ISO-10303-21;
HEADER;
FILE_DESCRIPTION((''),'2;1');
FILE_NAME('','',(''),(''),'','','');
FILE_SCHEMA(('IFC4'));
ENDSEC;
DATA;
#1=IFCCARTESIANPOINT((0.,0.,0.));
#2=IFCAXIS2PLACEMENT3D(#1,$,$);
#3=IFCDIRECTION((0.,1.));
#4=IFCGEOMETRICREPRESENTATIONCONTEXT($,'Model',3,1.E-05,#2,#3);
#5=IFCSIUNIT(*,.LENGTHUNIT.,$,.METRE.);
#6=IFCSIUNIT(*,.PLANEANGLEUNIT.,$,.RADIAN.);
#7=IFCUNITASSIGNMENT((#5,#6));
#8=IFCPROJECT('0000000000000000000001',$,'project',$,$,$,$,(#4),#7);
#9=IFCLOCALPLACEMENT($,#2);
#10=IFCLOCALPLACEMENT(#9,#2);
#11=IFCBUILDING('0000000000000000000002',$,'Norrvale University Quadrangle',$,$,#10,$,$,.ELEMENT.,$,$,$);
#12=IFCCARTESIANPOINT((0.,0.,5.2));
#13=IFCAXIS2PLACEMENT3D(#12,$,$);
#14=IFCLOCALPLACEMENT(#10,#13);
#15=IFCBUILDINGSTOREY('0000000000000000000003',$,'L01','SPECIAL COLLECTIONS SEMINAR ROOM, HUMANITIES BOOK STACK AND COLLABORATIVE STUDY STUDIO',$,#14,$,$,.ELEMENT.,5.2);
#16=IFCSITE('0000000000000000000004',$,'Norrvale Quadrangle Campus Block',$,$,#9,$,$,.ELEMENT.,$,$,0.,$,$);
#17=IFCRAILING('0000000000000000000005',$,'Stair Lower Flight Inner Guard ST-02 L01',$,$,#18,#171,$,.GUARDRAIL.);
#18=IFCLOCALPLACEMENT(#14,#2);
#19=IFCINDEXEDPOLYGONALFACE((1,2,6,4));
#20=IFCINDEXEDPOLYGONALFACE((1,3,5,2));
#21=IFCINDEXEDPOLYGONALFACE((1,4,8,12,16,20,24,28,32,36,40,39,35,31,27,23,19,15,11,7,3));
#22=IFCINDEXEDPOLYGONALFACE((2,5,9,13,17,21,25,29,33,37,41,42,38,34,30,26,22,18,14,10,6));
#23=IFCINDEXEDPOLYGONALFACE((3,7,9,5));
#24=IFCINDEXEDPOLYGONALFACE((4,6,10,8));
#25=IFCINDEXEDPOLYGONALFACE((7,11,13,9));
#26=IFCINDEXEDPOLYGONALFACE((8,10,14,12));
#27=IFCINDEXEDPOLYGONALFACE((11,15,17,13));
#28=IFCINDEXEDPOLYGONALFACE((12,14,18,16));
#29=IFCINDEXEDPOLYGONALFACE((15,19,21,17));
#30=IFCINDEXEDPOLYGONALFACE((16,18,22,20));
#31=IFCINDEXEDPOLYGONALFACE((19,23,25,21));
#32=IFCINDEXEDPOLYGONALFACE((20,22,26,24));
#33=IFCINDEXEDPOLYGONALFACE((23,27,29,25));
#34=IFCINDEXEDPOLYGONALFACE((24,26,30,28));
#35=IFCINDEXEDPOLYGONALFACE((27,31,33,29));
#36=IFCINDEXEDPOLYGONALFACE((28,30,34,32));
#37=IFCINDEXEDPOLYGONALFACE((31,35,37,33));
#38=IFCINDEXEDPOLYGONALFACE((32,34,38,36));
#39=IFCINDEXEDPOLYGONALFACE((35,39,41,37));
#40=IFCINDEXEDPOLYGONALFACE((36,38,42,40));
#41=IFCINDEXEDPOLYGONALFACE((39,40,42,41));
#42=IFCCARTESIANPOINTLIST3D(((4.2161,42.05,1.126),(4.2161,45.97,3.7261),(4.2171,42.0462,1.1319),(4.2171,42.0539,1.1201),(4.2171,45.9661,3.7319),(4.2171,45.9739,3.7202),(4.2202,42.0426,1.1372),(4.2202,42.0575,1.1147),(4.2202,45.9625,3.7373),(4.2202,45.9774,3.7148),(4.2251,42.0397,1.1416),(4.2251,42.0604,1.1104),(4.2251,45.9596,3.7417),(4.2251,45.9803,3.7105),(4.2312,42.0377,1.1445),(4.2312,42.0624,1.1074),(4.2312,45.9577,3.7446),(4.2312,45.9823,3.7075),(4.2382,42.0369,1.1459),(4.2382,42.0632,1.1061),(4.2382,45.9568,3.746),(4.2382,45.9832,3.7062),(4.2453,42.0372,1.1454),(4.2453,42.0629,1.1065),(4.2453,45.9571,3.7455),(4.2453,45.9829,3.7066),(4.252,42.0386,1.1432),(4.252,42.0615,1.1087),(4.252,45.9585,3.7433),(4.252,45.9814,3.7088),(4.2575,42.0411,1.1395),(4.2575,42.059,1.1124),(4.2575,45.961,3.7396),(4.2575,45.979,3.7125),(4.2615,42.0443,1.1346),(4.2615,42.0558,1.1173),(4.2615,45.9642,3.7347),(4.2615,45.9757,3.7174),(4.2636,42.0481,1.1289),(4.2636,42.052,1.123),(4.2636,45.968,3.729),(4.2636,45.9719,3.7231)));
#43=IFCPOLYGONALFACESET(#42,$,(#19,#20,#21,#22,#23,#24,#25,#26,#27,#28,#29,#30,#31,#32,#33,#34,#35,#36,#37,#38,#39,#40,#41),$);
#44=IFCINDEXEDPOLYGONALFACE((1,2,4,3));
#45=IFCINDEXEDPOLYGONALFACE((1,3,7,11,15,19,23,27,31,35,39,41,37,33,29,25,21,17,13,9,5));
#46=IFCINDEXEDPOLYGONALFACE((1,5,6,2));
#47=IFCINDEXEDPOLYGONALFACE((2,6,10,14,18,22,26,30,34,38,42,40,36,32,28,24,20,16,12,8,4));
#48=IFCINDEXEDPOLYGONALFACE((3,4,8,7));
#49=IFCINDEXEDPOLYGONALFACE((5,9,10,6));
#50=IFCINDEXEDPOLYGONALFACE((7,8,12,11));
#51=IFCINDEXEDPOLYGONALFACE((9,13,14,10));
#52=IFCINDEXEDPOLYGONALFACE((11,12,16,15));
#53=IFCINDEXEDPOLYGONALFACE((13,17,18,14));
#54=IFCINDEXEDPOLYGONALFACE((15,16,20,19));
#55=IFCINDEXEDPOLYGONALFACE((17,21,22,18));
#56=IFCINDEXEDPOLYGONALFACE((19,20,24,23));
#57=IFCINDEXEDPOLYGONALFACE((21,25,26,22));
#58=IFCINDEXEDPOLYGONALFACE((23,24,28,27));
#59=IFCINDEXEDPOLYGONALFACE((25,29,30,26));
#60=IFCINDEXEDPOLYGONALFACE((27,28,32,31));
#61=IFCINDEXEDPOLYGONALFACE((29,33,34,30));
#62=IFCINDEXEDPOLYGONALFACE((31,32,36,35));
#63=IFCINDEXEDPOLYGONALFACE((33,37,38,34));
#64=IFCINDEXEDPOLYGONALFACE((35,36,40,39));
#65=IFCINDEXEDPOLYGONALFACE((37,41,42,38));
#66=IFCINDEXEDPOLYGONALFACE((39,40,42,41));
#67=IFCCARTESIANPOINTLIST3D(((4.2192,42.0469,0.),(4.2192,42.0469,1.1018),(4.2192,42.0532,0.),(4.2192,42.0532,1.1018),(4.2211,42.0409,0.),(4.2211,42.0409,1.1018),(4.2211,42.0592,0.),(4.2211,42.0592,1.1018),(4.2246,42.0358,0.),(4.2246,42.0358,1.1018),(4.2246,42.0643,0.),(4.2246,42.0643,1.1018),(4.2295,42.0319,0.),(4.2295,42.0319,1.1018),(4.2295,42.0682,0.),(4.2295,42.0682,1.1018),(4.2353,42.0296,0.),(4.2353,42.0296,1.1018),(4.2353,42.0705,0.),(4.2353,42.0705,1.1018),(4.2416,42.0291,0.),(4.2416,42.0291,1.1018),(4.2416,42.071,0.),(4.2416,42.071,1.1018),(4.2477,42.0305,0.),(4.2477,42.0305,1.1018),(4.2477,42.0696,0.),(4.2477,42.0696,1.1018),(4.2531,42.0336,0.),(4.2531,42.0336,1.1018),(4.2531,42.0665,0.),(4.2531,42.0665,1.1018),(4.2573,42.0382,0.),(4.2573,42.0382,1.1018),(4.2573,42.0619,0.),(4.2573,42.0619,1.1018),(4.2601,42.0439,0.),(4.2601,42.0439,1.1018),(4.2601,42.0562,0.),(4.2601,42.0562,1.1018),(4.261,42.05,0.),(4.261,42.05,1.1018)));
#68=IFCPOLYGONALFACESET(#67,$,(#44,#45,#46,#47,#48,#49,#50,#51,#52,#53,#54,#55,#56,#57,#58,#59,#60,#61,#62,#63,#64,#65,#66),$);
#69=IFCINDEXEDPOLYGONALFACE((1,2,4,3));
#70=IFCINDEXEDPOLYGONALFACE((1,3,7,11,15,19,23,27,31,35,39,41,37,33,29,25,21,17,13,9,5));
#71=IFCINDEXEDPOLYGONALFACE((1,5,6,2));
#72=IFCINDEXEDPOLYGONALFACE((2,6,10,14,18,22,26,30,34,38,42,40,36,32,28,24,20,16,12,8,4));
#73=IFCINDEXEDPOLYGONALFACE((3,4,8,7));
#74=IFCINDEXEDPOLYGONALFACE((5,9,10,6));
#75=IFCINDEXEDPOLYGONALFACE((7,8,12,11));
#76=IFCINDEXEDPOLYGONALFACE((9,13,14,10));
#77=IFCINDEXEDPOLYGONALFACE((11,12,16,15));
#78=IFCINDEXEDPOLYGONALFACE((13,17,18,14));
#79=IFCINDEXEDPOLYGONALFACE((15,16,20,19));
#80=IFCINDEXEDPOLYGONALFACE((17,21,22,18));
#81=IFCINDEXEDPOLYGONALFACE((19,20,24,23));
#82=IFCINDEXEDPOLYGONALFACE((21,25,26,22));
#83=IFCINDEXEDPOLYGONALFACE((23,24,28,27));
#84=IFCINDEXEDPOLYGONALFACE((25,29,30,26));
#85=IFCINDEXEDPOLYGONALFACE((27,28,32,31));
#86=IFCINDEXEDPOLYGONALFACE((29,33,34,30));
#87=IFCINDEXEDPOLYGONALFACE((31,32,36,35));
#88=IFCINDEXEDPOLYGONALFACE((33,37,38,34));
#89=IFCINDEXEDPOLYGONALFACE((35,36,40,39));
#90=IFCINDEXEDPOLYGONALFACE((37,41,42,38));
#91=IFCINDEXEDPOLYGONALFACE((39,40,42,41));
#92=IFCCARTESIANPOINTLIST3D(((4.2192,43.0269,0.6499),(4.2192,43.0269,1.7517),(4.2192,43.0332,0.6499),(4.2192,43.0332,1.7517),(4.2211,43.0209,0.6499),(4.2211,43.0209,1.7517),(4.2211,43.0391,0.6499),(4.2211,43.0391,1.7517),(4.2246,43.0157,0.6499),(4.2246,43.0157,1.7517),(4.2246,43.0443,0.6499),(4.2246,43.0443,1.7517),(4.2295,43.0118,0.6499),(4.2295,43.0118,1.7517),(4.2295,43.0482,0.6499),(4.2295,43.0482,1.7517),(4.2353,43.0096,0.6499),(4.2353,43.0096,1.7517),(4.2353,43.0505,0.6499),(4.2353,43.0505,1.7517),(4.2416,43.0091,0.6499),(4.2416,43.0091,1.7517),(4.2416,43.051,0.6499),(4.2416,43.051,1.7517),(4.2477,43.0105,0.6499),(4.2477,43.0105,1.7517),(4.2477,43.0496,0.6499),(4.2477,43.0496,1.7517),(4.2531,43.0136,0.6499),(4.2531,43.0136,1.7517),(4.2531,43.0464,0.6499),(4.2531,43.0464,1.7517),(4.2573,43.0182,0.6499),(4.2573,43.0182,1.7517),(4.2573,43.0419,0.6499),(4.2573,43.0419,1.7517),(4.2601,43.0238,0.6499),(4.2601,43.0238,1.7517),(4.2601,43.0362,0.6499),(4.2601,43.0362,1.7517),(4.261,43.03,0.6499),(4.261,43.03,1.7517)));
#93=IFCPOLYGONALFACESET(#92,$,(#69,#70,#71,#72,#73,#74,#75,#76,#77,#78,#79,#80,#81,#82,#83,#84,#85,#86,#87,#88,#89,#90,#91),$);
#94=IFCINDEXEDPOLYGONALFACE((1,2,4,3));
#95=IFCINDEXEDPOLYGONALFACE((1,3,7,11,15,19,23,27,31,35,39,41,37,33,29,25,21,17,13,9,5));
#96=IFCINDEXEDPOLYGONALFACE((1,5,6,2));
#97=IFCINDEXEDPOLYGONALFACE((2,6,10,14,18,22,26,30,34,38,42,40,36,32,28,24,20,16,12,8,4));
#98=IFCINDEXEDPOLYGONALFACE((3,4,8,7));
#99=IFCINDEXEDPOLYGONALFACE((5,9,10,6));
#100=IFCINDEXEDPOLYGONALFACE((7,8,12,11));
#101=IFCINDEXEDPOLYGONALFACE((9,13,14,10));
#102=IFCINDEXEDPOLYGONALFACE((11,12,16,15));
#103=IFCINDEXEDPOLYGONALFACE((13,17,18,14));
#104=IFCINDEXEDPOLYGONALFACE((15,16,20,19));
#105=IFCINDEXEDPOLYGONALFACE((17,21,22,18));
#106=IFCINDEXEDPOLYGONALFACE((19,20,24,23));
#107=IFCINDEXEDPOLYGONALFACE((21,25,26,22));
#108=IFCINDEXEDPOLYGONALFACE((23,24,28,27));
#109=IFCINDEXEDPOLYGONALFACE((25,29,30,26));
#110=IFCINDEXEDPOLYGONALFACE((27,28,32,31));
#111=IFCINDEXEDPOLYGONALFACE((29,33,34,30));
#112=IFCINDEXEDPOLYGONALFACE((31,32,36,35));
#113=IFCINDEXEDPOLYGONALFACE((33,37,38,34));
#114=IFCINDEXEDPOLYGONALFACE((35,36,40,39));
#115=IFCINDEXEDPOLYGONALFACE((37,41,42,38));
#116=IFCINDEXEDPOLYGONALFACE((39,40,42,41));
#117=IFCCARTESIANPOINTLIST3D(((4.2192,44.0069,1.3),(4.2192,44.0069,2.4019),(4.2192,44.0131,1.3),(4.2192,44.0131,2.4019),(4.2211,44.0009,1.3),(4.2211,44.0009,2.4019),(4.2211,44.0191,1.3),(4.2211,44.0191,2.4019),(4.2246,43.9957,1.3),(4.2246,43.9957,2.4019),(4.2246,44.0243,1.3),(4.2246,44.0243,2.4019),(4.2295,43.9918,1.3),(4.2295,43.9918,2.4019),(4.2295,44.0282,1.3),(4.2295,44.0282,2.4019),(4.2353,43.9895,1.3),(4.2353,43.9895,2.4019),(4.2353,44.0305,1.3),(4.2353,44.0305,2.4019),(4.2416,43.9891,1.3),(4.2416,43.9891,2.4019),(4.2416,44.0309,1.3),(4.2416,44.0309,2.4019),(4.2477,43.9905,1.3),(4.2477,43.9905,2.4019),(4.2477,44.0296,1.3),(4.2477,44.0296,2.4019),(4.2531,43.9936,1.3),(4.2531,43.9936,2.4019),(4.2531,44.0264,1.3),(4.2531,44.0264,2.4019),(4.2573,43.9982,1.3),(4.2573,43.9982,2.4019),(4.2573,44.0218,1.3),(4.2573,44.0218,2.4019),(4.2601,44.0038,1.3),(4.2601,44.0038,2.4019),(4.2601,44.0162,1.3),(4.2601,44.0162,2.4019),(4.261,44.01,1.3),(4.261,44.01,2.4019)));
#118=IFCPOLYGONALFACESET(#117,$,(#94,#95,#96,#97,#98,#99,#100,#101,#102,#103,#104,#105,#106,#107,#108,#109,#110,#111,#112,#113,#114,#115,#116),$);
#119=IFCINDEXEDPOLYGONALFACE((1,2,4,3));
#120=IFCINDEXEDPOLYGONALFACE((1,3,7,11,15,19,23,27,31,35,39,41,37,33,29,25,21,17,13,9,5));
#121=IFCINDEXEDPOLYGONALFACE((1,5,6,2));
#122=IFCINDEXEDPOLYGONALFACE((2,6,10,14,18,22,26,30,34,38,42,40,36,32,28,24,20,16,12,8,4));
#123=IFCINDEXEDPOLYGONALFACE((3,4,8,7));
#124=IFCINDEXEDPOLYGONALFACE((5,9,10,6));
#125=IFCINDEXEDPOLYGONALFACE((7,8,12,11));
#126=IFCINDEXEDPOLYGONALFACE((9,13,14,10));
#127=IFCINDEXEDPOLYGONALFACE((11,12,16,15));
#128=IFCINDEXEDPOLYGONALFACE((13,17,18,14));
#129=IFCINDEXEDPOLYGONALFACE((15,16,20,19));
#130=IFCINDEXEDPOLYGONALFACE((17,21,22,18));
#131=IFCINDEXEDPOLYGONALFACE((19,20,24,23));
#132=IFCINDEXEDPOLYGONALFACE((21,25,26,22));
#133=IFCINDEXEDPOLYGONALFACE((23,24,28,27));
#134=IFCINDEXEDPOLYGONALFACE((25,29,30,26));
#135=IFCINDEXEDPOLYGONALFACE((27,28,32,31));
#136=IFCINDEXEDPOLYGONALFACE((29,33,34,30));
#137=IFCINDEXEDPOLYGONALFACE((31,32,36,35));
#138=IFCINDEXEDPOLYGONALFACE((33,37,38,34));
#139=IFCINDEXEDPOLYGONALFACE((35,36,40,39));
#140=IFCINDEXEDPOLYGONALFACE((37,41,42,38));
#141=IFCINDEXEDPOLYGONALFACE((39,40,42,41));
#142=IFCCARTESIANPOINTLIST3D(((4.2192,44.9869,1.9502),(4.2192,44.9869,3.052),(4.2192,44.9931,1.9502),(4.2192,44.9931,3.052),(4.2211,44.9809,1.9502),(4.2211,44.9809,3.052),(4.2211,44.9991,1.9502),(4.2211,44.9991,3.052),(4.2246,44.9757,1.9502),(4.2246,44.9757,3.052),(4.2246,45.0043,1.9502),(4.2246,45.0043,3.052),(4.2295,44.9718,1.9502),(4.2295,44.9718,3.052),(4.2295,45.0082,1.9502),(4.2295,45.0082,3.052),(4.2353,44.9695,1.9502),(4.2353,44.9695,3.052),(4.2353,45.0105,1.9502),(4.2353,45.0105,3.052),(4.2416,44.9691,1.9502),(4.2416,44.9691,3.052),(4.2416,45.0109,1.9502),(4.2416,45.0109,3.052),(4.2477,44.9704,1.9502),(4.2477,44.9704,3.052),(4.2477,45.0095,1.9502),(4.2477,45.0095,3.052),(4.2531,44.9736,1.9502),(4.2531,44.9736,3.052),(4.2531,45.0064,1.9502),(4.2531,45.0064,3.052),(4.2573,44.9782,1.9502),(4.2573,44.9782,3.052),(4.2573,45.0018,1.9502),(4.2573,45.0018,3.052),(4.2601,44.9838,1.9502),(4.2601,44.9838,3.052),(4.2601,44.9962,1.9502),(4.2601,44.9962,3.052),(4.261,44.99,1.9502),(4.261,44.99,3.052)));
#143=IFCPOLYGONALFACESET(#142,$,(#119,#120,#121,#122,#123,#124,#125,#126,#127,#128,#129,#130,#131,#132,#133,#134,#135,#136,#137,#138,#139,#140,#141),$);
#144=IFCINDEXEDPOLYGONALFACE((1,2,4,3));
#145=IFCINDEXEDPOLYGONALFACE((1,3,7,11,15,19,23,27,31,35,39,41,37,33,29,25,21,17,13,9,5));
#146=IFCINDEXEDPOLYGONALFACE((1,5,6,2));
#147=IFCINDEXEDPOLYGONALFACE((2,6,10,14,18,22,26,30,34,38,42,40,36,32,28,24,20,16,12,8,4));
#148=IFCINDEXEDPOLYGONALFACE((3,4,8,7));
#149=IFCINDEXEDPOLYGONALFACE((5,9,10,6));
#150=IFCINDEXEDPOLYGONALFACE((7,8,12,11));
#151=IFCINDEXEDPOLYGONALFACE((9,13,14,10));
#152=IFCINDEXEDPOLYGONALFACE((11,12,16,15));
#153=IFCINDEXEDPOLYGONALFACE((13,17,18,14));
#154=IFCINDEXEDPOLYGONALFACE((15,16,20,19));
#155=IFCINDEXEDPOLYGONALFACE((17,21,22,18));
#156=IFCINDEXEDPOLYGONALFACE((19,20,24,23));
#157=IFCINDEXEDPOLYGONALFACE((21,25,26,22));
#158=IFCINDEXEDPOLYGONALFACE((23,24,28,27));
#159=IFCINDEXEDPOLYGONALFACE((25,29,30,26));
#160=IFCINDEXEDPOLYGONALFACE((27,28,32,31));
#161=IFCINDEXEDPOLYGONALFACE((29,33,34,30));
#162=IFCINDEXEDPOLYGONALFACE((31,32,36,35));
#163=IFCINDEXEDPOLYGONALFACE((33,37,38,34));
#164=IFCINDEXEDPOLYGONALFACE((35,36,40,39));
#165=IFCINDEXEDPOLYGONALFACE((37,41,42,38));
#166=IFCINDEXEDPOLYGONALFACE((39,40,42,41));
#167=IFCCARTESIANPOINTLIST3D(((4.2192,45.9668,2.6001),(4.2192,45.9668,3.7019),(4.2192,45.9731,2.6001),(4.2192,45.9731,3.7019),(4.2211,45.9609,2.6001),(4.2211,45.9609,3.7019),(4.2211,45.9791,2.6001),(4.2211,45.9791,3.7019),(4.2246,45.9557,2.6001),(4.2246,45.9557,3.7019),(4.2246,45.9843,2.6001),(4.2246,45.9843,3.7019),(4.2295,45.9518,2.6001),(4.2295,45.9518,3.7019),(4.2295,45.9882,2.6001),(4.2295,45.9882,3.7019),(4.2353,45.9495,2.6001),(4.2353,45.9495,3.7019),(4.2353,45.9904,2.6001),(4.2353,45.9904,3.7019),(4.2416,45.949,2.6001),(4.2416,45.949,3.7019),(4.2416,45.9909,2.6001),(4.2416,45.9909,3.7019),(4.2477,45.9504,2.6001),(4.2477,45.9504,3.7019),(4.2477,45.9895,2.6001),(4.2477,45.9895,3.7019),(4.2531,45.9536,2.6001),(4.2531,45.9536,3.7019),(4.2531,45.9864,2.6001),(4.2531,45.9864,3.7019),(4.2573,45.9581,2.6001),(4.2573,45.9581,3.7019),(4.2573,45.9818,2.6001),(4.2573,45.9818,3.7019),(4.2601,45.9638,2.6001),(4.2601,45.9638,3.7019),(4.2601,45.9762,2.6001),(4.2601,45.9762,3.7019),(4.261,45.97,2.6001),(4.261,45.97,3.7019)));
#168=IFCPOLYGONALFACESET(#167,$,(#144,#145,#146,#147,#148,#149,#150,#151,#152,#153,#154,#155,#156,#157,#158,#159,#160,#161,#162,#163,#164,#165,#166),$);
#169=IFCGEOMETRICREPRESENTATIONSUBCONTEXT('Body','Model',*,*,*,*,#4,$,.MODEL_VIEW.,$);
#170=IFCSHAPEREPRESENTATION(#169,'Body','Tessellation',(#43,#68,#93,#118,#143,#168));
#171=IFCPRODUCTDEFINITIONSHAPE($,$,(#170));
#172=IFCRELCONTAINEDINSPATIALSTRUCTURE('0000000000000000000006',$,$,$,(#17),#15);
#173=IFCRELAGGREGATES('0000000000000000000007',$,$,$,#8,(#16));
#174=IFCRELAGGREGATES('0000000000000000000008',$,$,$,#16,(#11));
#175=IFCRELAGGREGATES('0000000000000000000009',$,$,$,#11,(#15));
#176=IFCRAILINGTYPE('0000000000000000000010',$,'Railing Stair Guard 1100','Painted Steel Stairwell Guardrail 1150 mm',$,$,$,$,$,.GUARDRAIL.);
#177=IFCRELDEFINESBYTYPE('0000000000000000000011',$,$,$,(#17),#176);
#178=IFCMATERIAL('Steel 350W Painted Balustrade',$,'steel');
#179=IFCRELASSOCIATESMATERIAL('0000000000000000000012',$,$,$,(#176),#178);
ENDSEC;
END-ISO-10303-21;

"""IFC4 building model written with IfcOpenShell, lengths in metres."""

from ifc_helpers import new_model, si_unit, direction, frame, origin, origin_2d, place, context, subcontext, project, spatial, circle, extrude, material, type_object, element, save


model = new_model("IFC4")

# Units and contexts
model_context = context("Model", 3, precision=1e-05, world=origin(), true_north=direction((0.0, 1.0)))
body_context = subcontext(model_context, "Body", "Model", "MODEL_VIEW")
ifc_project = project(units=[si_unit("LENGTHUNIT", "METRE"), si_unit("PLANEANGLEUNIT", "RADIAN")], contexts=[model_context])

# Site, building, storey
site_placement = place(None, origin())
site = spatial("IfcSite", under=ifc_project, at=site_placement, Name="Norrvale Quadrangle Campus Block", CompositionType="ELEMENT", RefElevation=0.0)
building_placement = place(site_placement, origin())
building = spatial("IfcBuilding", under=site, at=building_placement, Name="Norrvale University Quadrangle", CompositionType="ELEMENT")
storey_placement = place(building_placement, frame((0.0, 0.0, 5.2)))
storey = spatial("IfcBuildingStorey", under=building, at=storey_placement, Name="L01", Description="SPECIAL COLLECTIONS SEMINAR ROOM, HUMANITIES BOOK STACK AND COLLABORATIVE STUDY STUDIO", CompositionType="ELEMENT", Elevation=5.2)

# Railing
ifc_material_1 = material(Name="Steel 350W Painted Balustrade", Category="steel")
railing_type_1 = type_object("IfcRailingType", Name="Railing Stair Guard 1100", Description="Painted Steel Stairwell Guardrail 1150 mm", PredefinedType="GUARDRAIL", material=ifc_material_1)
railing_1_placement = place(storey_placement, frame((4.24, 42.05, 0.0)))
element("IfcRailing", 1, at=railing_1_placement, inside=storey, type_object=railing_type_1, Name="Stair Lower Flight Inner Guard ST-02 L01", PredefinedType="GUARDRAIL", context=body_context, shape_type="SweptSolid", body=[
    extrude(circle(Radius=0.0239, at=origin_2d()), frame((0.0, 0.0, 1.126), z_axis=(0.0, 0.833342, 0.552758), x_axis=(-1.0, 0.0, 0.0)), (0.0, 0.0, 1.0), 4.7039),
    extrude(circle(Radius=0.021, at=origin_2d()), origin(), (0.0, 0.0, 1.0), 1.1018),
    extrude(circle(Radius=0.021, at=origin_2d()), frame((0.0, 0.98, 0.6499)), (0.0, 0.0, 1.0), 1.1018),
    extrude(circle(Radius=0.021, at=origin_2d()), frame((0.0, 1.96, 1.3)), (0.0, 0.0, 1.0), 1.1018),
    extrude(circle(Radius=0.021, at=origin_2d()), frame((0.0, 2.9399, 1.9502)), (0.0, 0.0, 1.0), 1.1018),
    extrude(circle(Radius=0.021, at=origin_2d()), frame((0.0, 3.9199, 2.6001)), (0.0, 0.0, 1.0), 1.1018),
])

save(model, "model.ifc")
